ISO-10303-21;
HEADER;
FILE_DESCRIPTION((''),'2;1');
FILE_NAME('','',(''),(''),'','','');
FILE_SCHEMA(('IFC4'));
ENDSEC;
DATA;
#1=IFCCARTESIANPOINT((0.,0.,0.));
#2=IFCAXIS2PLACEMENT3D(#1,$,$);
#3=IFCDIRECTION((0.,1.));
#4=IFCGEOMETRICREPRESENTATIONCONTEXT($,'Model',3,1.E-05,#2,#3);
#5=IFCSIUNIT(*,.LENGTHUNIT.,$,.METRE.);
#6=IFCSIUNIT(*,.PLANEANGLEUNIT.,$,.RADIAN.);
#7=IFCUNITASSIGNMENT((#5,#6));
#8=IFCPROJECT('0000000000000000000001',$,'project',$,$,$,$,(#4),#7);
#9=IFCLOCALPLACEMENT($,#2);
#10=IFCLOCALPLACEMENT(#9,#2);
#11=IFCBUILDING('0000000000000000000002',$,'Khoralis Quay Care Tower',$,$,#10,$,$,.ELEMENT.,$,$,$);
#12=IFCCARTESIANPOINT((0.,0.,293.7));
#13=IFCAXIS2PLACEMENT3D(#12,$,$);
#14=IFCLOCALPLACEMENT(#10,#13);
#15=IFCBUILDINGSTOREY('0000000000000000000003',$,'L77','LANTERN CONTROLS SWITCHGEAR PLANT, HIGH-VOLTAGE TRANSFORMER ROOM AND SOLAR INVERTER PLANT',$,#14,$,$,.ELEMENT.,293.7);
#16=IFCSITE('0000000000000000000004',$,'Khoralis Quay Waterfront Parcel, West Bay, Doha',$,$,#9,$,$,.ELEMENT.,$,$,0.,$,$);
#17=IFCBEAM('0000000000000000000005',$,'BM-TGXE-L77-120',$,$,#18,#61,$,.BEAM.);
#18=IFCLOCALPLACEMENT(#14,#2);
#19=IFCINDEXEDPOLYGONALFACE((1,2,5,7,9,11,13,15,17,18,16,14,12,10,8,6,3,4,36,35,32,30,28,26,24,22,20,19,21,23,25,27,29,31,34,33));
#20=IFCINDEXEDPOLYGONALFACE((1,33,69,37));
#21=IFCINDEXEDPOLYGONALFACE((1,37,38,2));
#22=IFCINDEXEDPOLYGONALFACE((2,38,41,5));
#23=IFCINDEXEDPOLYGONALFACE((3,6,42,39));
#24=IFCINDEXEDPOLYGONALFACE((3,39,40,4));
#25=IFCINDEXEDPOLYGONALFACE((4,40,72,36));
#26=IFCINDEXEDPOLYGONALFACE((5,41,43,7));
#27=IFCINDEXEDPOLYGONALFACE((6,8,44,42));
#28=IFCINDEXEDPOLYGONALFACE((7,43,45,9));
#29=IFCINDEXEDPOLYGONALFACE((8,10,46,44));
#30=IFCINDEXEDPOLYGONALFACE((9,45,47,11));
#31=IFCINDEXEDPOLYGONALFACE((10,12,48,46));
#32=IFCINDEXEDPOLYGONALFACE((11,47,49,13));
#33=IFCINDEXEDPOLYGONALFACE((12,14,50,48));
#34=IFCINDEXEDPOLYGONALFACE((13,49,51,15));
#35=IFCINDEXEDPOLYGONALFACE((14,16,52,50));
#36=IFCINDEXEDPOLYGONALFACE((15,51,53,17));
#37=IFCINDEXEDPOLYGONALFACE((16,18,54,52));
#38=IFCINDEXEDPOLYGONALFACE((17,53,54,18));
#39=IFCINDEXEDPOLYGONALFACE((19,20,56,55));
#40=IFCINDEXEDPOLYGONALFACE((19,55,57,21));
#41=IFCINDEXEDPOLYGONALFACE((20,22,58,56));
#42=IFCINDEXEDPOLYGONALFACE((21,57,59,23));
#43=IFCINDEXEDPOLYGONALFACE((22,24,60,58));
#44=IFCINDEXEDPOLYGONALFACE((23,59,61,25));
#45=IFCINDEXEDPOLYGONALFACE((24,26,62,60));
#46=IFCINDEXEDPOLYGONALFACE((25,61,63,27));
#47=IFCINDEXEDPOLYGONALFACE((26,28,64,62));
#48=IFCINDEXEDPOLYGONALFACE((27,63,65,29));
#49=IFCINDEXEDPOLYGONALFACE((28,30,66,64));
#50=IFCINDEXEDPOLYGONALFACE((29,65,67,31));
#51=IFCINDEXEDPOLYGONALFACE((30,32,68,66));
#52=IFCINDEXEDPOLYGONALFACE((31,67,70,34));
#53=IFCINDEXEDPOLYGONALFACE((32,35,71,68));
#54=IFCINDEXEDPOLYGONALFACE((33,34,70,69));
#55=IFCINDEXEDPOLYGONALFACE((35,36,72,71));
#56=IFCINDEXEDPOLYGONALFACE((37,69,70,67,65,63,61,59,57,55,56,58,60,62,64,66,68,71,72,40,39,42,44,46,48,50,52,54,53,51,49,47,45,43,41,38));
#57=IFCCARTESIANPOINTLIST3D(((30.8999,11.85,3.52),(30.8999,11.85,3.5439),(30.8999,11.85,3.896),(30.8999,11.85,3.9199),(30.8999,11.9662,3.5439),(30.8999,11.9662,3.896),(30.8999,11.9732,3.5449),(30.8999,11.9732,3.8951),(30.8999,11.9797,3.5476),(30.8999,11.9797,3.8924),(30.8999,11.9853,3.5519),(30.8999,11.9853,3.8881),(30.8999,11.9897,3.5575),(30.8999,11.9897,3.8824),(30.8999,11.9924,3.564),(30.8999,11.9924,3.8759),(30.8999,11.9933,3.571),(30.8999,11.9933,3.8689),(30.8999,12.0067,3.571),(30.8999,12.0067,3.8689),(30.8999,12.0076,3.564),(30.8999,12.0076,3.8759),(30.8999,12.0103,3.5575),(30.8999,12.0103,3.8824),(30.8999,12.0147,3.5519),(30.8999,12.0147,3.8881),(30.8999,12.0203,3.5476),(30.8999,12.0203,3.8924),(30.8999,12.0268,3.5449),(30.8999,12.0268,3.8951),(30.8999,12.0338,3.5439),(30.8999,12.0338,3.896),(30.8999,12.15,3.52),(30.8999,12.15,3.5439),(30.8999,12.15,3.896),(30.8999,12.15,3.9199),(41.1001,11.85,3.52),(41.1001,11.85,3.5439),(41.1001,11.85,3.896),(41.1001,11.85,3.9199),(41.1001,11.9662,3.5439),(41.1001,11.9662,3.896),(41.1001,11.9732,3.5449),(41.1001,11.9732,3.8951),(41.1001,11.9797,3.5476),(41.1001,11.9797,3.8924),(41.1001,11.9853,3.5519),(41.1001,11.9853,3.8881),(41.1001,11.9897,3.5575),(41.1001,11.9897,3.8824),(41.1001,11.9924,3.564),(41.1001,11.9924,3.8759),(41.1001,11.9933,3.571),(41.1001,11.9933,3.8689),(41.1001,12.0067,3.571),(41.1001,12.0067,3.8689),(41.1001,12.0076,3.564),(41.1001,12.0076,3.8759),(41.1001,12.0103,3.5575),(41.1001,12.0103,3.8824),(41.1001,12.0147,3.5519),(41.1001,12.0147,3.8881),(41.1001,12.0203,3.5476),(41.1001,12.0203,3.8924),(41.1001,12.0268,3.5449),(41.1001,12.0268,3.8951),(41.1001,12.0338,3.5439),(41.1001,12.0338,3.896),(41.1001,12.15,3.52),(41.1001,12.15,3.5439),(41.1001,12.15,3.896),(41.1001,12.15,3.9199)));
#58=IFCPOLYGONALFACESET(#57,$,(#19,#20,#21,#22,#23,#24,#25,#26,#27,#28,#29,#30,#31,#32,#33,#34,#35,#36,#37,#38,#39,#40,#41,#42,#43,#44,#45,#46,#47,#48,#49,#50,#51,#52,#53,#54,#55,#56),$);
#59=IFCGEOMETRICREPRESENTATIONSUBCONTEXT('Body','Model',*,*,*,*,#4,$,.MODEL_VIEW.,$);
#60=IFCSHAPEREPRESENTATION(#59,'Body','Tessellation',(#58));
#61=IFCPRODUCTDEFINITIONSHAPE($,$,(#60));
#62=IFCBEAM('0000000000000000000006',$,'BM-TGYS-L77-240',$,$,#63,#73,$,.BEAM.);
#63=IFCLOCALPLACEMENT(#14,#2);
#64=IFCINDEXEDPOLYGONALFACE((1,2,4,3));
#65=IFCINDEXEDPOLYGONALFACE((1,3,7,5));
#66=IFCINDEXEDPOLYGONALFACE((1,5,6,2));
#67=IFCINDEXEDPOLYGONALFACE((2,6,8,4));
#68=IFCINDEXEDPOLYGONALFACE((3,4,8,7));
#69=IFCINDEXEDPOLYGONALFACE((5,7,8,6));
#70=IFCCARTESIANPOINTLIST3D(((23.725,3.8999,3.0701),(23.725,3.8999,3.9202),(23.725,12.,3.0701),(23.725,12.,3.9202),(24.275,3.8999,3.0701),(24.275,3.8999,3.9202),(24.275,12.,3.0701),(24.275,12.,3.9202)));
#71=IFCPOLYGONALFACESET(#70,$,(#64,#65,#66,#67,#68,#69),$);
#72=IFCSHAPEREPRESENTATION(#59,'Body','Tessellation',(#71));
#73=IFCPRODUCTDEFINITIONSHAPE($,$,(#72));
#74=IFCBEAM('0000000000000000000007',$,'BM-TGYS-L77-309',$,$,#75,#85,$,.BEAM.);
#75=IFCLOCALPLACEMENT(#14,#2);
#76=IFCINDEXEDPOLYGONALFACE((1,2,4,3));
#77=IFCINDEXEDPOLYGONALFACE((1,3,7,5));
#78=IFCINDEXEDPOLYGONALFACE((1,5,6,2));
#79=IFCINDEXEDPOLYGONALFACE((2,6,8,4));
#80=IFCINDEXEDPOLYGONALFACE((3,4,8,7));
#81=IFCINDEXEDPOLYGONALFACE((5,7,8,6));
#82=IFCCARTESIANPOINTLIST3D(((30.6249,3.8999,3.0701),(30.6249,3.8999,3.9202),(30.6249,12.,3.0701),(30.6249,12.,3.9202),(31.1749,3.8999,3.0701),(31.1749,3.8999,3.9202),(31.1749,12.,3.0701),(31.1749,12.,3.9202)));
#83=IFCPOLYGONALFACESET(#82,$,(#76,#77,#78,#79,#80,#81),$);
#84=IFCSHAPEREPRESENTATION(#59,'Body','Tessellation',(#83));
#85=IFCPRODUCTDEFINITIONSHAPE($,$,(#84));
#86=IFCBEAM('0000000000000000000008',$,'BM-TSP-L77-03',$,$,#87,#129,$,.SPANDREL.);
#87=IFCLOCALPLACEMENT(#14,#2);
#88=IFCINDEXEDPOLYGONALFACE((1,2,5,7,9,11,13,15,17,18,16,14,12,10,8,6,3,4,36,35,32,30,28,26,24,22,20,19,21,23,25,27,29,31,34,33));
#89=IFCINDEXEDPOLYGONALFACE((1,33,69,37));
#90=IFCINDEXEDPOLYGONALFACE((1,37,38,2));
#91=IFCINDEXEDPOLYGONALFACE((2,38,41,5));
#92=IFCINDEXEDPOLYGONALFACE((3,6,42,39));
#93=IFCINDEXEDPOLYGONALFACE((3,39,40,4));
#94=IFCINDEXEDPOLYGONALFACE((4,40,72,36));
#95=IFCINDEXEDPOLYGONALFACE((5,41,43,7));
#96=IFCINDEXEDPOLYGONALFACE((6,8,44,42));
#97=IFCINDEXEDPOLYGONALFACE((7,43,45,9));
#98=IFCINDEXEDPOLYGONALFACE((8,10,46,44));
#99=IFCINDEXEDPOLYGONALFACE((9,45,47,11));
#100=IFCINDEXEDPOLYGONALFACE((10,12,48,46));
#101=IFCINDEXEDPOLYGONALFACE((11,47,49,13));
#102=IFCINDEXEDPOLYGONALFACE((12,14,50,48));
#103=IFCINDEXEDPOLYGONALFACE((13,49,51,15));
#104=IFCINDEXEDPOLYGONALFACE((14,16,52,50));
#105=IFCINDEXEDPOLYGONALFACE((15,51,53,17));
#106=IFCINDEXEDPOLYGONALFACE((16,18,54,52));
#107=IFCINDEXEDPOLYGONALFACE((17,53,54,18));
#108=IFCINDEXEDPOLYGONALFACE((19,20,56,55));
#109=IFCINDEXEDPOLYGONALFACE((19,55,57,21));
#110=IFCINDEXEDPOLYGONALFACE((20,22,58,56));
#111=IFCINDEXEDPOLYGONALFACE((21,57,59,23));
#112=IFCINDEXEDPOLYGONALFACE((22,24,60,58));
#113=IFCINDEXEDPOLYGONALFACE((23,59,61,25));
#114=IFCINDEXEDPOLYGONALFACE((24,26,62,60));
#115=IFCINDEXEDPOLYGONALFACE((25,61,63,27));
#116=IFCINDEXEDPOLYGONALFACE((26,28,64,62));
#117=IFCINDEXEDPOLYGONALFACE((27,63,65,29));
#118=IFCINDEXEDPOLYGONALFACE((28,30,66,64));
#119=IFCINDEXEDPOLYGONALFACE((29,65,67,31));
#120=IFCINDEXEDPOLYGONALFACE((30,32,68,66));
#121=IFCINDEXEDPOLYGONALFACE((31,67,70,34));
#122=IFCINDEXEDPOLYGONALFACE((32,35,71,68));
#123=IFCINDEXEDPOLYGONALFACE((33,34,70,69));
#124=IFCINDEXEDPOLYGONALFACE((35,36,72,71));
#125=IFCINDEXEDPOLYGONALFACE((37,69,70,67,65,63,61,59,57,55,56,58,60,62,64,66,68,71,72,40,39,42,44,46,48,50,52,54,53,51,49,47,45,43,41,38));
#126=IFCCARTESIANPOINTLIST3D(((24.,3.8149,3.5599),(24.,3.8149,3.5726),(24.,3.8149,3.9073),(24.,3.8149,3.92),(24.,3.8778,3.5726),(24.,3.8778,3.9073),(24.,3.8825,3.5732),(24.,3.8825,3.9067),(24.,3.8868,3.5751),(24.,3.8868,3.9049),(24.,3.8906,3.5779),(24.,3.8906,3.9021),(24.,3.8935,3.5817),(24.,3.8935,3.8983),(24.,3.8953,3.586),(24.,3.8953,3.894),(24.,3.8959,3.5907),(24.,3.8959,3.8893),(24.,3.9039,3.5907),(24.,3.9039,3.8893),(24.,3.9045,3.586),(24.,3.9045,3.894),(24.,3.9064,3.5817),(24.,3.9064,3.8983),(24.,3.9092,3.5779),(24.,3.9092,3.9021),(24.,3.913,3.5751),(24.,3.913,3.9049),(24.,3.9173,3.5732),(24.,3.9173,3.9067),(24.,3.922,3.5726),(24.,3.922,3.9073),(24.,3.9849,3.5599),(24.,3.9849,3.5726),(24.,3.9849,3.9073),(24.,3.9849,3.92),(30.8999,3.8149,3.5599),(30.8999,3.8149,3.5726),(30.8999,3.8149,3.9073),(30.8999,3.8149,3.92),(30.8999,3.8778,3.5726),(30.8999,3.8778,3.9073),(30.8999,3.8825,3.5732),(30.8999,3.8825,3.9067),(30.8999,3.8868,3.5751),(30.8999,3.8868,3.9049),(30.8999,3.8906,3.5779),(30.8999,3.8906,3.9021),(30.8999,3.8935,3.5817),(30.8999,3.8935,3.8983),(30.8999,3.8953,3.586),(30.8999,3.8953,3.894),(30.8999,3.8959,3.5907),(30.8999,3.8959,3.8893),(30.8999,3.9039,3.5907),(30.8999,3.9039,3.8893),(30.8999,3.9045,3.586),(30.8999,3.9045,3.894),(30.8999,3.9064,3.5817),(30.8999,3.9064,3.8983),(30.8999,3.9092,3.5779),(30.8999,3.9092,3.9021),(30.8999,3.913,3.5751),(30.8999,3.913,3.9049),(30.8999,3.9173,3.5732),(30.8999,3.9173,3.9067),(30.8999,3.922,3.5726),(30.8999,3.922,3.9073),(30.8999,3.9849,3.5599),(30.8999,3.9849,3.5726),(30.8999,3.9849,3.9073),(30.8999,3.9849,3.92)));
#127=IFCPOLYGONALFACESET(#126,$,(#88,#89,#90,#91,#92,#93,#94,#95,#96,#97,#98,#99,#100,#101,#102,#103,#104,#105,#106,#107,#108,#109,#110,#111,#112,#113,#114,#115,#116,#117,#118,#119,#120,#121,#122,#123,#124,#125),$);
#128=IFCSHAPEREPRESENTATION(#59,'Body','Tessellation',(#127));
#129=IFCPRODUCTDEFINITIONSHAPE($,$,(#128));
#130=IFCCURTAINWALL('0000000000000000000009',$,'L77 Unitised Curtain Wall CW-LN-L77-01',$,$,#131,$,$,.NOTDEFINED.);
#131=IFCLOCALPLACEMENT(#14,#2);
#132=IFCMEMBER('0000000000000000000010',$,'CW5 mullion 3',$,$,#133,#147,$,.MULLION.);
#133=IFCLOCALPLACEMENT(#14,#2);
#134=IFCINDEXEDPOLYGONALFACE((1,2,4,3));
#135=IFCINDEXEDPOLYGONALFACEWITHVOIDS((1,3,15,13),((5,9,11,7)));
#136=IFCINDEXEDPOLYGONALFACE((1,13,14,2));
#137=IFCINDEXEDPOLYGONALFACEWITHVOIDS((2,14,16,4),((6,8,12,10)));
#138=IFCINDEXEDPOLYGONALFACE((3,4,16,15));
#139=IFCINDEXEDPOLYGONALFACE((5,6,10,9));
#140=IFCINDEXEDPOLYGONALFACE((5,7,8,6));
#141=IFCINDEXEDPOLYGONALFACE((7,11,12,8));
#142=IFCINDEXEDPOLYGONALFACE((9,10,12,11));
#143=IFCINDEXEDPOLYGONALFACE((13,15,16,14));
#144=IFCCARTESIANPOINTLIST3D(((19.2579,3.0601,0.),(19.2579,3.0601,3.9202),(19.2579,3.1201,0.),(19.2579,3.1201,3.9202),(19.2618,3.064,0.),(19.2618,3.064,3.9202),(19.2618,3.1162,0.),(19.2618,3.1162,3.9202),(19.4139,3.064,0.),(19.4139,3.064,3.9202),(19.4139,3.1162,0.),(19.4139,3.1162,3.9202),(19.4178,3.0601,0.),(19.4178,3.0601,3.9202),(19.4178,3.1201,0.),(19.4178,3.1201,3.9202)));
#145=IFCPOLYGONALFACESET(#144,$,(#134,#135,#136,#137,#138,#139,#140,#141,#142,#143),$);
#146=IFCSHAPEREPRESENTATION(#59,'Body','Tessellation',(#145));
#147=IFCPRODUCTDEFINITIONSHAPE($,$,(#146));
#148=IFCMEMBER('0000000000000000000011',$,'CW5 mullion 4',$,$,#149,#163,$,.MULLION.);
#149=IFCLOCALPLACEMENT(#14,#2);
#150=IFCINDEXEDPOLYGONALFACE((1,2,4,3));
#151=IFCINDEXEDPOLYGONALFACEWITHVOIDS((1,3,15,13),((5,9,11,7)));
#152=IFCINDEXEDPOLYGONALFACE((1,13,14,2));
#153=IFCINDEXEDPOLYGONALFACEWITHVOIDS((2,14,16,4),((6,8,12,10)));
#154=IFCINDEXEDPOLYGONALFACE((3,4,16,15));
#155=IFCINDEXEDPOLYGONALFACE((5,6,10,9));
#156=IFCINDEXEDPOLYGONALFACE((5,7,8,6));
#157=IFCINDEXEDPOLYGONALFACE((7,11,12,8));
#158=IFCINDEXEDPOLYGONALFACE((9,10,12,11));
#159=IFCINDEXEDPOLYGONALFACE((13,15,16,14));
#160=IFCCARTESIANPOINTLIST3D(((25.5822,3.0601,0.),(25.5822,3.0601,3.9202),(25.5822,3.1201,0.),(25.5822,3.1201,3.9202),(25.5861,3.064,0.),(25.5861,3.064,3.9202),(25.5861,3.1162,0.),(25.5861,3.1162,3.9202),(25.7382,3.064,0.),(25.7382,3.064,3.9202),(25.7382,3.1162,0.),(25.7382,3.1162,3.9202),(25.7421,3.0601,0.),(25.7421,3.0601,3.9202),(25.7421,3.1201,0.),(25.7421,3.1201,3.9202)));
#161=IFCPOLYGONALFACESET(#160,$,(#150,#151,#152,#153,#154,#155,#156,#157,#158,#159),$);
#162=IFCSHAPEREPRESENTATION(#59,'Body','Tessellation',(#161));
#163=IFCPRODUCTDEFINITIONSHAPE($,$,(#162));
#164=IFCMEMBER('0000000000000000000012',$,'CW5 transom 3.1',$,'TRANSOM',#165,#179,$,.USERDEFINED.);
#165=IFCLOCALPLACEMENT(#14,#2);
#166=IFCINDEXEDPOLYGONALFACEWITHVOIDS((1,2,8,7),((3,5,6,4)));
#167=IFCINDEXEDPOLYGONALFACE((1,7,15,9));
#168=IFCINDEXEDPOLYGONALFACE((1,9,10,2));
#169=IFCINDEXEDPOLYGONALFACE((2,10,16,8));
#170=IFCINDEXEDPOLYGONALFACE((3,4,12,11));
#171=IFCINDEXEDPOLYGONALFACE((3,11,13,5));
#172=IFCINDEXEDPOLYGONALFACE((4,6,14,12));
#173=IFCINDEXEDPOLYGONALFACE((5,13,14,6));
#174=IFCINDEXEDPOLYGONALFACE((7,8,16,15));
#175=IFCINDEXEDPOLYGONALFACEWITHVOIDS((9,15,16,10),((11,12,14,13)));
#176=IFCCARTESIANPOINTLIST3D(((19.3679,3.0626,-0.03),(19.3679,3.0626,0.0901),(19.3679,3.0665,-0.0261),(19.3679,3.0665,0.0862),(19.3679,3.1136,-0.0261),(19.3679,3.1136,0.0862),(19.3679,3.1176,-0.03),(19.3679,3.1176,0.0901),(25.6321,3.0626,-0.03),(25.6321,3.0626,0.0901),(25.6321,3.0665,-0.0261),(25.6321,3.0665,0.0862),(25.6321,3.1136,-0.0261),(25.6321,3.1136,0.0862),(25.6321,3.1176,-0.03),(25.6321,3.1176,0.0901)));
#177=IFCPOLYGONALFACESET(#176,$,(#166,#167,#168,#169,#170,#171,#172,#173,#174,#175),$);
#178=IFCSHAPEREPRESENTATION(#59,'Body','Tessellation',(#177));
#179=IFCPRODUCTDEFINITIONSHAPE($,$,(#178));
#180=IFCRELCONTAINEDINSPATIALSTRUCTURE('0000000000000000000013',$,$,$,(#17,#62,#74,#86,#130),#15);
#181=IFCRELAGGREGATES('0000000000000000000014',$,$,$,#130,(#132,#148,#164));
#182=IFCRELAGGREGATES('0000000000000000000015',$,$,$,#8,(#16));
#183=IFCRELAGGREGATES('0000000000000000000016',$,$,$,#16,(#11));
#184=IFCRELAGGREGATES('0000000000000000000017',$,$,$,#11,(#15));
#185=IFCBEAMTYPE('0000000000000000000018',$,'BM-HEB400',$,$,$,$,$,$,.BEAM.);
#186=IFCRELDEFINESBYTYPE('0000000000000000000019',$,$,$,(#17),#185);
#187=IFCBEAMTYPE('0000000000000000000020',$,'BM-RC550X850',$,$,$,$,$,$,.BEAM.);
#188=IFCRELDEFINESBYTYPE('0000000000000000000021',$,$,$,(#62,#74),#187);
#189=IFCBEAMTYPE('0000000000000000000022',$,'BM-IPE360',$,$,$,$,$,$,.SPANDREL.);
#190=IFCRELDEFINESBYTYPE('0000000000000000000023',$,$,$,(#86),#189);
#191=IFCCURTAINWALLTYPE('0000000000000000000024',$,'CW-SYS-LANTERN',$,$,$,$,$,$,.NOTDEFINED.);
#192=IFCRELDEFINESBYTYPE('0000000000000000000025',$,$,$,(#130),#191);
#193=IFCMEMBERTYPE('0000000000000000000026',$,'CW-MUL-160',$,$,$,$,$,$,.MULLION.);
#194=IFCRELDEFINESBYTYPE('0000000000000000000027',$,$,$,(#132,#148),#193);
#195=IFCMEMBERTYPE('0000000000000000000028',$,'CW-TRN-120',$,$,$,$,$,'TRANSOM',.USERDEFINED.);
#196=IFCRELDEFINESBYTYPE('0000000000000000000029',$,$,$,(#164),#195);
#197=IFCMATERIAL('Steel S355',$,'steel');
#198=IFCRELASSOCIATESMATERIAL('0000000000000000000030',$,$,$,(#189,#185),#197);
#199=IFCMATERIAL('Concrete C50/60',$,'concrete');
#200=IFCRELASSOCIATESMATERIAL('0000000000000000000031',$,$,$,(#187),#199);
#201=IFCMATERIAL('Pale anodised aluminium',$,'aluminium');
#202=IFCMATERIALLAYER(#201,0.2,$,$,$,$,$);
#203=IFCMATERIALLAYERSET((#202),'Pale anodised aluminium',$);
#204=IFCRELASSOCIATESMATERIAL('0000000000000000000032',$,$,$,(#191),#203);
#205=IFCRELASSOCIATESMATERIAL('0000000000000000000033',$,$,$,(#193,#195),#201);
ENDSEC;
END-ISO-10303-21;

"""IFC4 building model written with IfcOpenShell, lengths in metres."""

from ifc_helpers import new_model, si_unit, direction, frame, origin, origin_2d, place, context, subcontext, project, spatial, rectangle, hollow_rectangle, i_section, extrude, source, transform, mapped, material, layer, layer_set, material_profile, profile_set, type_object, element, aggregate, save


model = new_model("IFC4")

# Units and contexts
model_context = context("Model", 3, precision=1e-05, world=origin(), true_north=direction((0.0, 1.0)))
body_context = subcontext(model_context, "Body", "Model", "MODEL_VIEW")
ifc_project = project(units=[si_unit("LENGTHUNIT", "METRE"), si_unit("PLANEANGLEUNIT", "RADIAN")], contexts=[model_context])

# Site, building, storey
site_placement = place(None, origin())
site = spatial("IfcSite", under=ifc_project, at=site_placement, Name="Khoralis Quay Waterfront Parcel, West Bay, Doha", CompositionType="ELEMENT", RefElevation=0.0)
building_placement = place(site_placement, origin())
building = spatial("IfcBuilding", under=site, at=building_placement, Name="Khoralis Quay Care Tower", CompositionType="ELEMENT")
storey_placement = place(building_placement, frame((0.0, 0.0, 293.7)))
storey = spatial("IfcBuildingStorey", under=building, at=storey_placement, Name="L77", Description="LANTERN CONTROLS SWITCHGEAR PLANT, HIGH-VOLTAGE TRANSFORMER ROOM AND SOLAR INVERTER PLANT", CompositionType="ELEMENT", Elevation=293.7)

# Shared definitions
ifc_material_1 = material(Name="Concrete C50/60", Category="concrete")

# Beams
ifc_material_2 = material(Name="Steel S355", Category="steel")
ifc_material_profile_1 = material_profile(ifc_material_2, i_section(OverallWidth=0.1699, OverallDepth=0.3601, WebThickness=0.0081, FlangeThickness=0.0127, FilletRadius=0.0181, at=origin_2d()), Name="Steel S355")
ifc_profile_set_1 = profile_set([ifc_material_profile_1], Name="Steel S355")
beam_type_1 = type_object("IfcBeamType", Name="BM-IPE360", PredefinedType="SPANDREL", material=ifc_profile_set_1)
ifc_material_profile_2 = material_profile(ifc_material_2, i_section(OverallWidth=0.3, OverallDepth=0.3999, WebThickness=0.0134, FlangeThickness=0.0239, FilletRadius=0.0271, at=origin_2d()), Name="Steel S355")
ifc_profile_set_2 = profile_set([ifc_material_profile_2], Name="Steel S355")
beam_type_2 = type_object("IfcBeamType", Name="BM-HEB400", PredefinedType="BEAM", material=ifc_profile_set_2)
shared_shape_1 = source(origin(), body_context, "Body", "SweptSolid", [
    extrude(i_section(OverallWidth=0.3, OverallDepth=0.3999, WebThickness=0.0134, FlangeThickness=0.0239, FilletRadius=0.0271, at=origin_2d()), origin(), (0.0, 0.0, 1.0), 10.2002),
])
beam_1_placement = place(storey_placement, frame((30.8999, 12.0, 3.72), z_axis=(1.0, 0.0, 0.0), x_axis=(0.0, 1.0, 0.0)))
element("IfcBeam", 1, at=beam_1_placement, inside=storey, type_object=beam_type_2, Name="BM-TGXE-L77-120", PredefinedType="BEAM", context=body_context, shape_type="MappedRepresentation", body=[
    mapped(shared_shape_1, transform((0.0, 0.0, 0.0), scale=1.0)),
])
ifc_material_profile_3 = material_profile(ifc_material_1, rectangle(XDim=0.55, YDim=0.8501, at=origin_2d()), Name="Concrete C50/60")
ifc_profile_set_3 = profile_set([ifc_material_profile_3], Name="Concrete C50/60")
beam_type_3 = type_object("IfcBeamType", Name="BM-RC550X850", PredefinedType="BEAM", material=ifc_profile_set_3)
shared_shape_2 = source(origin(), body_context, "Body", "SweptSolid", [
    extrude(rectangle(XDim=0.55, YDim=0.8501, at=origin_2d()), origin(), (0.0, 0.0, 1.0), 8.1001),
])
for number, where, z_axis, x_axis, name in (
    (2, (24.0, 3.8999, 3.4951), (0.0, 1.0, 0.0), (-1.0, 0.0, 0.0), "BM-TGYS-L77-240"),
    (3, (30.8999, 3.8999, 3.4951), (0.0, 1.0, 0.0), (-1.0, 0.0, 0.0), "BM-TGYS-L77-309"),
):
    element("IfcBeam", number, at=place(storey_placement, frame(where, z_axis=z_axis, x_axis=x_axis)), inside=storey, type_object=beam_type_3, Name=name, PredefinedType="BEAM", context=body_context, shape_type="MappedRepresentation", body=[
        mapped(shared_shape_2, transform((0.0, 0.0, 0.0), scale=1.0)),
    ])
shared_shape_3 = source(origin(), body_context, "Body", "SweptSolid", [
    extrude(i_section(OverallWidth=0.1699, OverallDepth=0.3601, WebThickness=0.0081, FlangeThickness=0.0127, FilletRadius=0.0181, at=origin_2d()), origin(), (0.0, 0.0, 1.0), 6.8999),
])
beam_2_placement = place(storey_placement, frame((24.0, 3.8999, 3.74), z_axis=(1.0, 0.0, 0.0), x_axis=(0.0, 1.0, 0.0)))
element("IfcBeam", 4, at=beam_2_placement, inside=storey, type_object=beam_type_1, Name="BM-TSP-L77-03", PredefinedType="SPANDREL", context=body_context, shape_type="MappedRepresentation", body=[
    mapped(shared_shape_3, transform((0.0, 0.0, 0.0), scale=1.0)),
])

# Curtain wall, members
ifc_material_3 = material(Name="Pale anodised aluminium", Category="aluminium")
ifc_layer_1 = layer(ifc_material_3, 0.2)
ifc_layer_set_1 = layer_set([ifc_layer_1], Name="Pale anodised aluminium")
curtain_wall_type = type_object("IfcCurtainWallType", Name="CW-SYS-LANTERN", PredefinedType="NOTDEFINED", material=ifc_layer_set_1)
curtain_wall_placement = place(storey_placement, origin())
curtain_wall = element("IfcCurtainWall", 5, at=curtain_wall_placement, inside=storey, type_object=curtain_wall_type, Name="L77 Unitised Curtain Wall CW-LN-L77-01", PredefinedType="NOTDEFINED")
ifc_material_profile_4 = material_profile(ifc_material_3, hollow_rectangle(XDim=0.0601, YDim=0.1599, WallThickness=0.0039, at=origin_2d()), Name="Pale anodised aluminium")
ifc_profile_set_4 = profile_set([ifc_material_profile_4], Name="Pale anodised aluminium")
member_type_1 = type_object("IfcMemberType", Name="CW-MUL-160", PredefinedType="MULLION", material=ifc_profile_set_4)
shared_shape_4 = source(origin(), body_context, "Body", "SweptSolid", [
    extrude(hollow_rectangle(XDim=0.0601, YDim=0.1599, WallThickness=0.0039, at=origin_2d()), origin(), (0.0, 0.0, 1.0), 3.9202),
])
member_1_placement = place(storey_placement, frame((19.3379, 3.0901, 0.0), z_axis=(0.0, 0.0, 1.0), x_axis=(0.0, 1.0, 0.0)))
member_1 = element("IfcMember", 6, at=member_1_placement, type_object=member_type_1, Name="CW5 mullion 3", PredefinedType="MULLION", context=body_context, shape_type="MappedRepresentation", body=[
    mapped(shared_shape_4, transform((0.0, 0.0, 0.0), scale=1.0)),
])
member_2_placement = place(storey_placement, frame((25.6621, 3.0901, 0.0), z_axis=(0.0, 0.0, 1.0), x_axis=(0.0, 1.0, 0.0)))
member_2 = element("IfcMember", 7, at=member_2_placement, type_object=member_type_1, Name="CW5 mullion 4", PredefinedType="MULLION", context=body_context, shape_type="MappedRepresentation", body=[
    mapped(shared_shape_4, transform((0.0, 0.0, 0.0), scale=1.0)),
])
ifc_material_profile_5 = material_profile(ifc_material_3, hollow_rectangle(XDim=0.0549, YDim=0.1201, WallThickness=0.0039, at=origin_2d()), Name="Pale anodised aluminium")
ifc_profile_set_5 = profile_set([ifc_material_profile_5], Name="Pale anodised aluminium")
member_type_2 = type_object("IfcMemberType", Name="CW-TRN-120", ElementType="TRANSOM", PredefinedType="USERDEFINED", material=ifc_profile_set_5)
shared_shape_5 = source(origin(), body_context, "Body", "SweptSolid", [
    extrude(hollow_rectangle(XDim=0.0549, YDim=0.1201, WallThickness=0.0039, at=origin_2d()), origin(), (0.0, 0.0, 1.0), 6.2642),
])
member_3_placement = place(storey_placement, frame((19.3679, 3.0901, 0.03), z_axis=(1.0, 0.0, 0.0), x_axis=(0.0, 1.0, 0.0)))
member_3 = element("IfcMember", 8, at=member_3_placement, type_object=member_type_2, Name="CW5 transom 3.1", ObjectType="TRANSOM", PredefinedType="USERDEFINED", context=body_context, shape_type="MappedRepresentation", body=[
    mapped(shared_shape_5, transform((0.0, 0.0, 0.0), scale=1.0)),
])

aggregate(curtain_wall, [member_1, member_2, member_3])

save(model, "model.ifc")
